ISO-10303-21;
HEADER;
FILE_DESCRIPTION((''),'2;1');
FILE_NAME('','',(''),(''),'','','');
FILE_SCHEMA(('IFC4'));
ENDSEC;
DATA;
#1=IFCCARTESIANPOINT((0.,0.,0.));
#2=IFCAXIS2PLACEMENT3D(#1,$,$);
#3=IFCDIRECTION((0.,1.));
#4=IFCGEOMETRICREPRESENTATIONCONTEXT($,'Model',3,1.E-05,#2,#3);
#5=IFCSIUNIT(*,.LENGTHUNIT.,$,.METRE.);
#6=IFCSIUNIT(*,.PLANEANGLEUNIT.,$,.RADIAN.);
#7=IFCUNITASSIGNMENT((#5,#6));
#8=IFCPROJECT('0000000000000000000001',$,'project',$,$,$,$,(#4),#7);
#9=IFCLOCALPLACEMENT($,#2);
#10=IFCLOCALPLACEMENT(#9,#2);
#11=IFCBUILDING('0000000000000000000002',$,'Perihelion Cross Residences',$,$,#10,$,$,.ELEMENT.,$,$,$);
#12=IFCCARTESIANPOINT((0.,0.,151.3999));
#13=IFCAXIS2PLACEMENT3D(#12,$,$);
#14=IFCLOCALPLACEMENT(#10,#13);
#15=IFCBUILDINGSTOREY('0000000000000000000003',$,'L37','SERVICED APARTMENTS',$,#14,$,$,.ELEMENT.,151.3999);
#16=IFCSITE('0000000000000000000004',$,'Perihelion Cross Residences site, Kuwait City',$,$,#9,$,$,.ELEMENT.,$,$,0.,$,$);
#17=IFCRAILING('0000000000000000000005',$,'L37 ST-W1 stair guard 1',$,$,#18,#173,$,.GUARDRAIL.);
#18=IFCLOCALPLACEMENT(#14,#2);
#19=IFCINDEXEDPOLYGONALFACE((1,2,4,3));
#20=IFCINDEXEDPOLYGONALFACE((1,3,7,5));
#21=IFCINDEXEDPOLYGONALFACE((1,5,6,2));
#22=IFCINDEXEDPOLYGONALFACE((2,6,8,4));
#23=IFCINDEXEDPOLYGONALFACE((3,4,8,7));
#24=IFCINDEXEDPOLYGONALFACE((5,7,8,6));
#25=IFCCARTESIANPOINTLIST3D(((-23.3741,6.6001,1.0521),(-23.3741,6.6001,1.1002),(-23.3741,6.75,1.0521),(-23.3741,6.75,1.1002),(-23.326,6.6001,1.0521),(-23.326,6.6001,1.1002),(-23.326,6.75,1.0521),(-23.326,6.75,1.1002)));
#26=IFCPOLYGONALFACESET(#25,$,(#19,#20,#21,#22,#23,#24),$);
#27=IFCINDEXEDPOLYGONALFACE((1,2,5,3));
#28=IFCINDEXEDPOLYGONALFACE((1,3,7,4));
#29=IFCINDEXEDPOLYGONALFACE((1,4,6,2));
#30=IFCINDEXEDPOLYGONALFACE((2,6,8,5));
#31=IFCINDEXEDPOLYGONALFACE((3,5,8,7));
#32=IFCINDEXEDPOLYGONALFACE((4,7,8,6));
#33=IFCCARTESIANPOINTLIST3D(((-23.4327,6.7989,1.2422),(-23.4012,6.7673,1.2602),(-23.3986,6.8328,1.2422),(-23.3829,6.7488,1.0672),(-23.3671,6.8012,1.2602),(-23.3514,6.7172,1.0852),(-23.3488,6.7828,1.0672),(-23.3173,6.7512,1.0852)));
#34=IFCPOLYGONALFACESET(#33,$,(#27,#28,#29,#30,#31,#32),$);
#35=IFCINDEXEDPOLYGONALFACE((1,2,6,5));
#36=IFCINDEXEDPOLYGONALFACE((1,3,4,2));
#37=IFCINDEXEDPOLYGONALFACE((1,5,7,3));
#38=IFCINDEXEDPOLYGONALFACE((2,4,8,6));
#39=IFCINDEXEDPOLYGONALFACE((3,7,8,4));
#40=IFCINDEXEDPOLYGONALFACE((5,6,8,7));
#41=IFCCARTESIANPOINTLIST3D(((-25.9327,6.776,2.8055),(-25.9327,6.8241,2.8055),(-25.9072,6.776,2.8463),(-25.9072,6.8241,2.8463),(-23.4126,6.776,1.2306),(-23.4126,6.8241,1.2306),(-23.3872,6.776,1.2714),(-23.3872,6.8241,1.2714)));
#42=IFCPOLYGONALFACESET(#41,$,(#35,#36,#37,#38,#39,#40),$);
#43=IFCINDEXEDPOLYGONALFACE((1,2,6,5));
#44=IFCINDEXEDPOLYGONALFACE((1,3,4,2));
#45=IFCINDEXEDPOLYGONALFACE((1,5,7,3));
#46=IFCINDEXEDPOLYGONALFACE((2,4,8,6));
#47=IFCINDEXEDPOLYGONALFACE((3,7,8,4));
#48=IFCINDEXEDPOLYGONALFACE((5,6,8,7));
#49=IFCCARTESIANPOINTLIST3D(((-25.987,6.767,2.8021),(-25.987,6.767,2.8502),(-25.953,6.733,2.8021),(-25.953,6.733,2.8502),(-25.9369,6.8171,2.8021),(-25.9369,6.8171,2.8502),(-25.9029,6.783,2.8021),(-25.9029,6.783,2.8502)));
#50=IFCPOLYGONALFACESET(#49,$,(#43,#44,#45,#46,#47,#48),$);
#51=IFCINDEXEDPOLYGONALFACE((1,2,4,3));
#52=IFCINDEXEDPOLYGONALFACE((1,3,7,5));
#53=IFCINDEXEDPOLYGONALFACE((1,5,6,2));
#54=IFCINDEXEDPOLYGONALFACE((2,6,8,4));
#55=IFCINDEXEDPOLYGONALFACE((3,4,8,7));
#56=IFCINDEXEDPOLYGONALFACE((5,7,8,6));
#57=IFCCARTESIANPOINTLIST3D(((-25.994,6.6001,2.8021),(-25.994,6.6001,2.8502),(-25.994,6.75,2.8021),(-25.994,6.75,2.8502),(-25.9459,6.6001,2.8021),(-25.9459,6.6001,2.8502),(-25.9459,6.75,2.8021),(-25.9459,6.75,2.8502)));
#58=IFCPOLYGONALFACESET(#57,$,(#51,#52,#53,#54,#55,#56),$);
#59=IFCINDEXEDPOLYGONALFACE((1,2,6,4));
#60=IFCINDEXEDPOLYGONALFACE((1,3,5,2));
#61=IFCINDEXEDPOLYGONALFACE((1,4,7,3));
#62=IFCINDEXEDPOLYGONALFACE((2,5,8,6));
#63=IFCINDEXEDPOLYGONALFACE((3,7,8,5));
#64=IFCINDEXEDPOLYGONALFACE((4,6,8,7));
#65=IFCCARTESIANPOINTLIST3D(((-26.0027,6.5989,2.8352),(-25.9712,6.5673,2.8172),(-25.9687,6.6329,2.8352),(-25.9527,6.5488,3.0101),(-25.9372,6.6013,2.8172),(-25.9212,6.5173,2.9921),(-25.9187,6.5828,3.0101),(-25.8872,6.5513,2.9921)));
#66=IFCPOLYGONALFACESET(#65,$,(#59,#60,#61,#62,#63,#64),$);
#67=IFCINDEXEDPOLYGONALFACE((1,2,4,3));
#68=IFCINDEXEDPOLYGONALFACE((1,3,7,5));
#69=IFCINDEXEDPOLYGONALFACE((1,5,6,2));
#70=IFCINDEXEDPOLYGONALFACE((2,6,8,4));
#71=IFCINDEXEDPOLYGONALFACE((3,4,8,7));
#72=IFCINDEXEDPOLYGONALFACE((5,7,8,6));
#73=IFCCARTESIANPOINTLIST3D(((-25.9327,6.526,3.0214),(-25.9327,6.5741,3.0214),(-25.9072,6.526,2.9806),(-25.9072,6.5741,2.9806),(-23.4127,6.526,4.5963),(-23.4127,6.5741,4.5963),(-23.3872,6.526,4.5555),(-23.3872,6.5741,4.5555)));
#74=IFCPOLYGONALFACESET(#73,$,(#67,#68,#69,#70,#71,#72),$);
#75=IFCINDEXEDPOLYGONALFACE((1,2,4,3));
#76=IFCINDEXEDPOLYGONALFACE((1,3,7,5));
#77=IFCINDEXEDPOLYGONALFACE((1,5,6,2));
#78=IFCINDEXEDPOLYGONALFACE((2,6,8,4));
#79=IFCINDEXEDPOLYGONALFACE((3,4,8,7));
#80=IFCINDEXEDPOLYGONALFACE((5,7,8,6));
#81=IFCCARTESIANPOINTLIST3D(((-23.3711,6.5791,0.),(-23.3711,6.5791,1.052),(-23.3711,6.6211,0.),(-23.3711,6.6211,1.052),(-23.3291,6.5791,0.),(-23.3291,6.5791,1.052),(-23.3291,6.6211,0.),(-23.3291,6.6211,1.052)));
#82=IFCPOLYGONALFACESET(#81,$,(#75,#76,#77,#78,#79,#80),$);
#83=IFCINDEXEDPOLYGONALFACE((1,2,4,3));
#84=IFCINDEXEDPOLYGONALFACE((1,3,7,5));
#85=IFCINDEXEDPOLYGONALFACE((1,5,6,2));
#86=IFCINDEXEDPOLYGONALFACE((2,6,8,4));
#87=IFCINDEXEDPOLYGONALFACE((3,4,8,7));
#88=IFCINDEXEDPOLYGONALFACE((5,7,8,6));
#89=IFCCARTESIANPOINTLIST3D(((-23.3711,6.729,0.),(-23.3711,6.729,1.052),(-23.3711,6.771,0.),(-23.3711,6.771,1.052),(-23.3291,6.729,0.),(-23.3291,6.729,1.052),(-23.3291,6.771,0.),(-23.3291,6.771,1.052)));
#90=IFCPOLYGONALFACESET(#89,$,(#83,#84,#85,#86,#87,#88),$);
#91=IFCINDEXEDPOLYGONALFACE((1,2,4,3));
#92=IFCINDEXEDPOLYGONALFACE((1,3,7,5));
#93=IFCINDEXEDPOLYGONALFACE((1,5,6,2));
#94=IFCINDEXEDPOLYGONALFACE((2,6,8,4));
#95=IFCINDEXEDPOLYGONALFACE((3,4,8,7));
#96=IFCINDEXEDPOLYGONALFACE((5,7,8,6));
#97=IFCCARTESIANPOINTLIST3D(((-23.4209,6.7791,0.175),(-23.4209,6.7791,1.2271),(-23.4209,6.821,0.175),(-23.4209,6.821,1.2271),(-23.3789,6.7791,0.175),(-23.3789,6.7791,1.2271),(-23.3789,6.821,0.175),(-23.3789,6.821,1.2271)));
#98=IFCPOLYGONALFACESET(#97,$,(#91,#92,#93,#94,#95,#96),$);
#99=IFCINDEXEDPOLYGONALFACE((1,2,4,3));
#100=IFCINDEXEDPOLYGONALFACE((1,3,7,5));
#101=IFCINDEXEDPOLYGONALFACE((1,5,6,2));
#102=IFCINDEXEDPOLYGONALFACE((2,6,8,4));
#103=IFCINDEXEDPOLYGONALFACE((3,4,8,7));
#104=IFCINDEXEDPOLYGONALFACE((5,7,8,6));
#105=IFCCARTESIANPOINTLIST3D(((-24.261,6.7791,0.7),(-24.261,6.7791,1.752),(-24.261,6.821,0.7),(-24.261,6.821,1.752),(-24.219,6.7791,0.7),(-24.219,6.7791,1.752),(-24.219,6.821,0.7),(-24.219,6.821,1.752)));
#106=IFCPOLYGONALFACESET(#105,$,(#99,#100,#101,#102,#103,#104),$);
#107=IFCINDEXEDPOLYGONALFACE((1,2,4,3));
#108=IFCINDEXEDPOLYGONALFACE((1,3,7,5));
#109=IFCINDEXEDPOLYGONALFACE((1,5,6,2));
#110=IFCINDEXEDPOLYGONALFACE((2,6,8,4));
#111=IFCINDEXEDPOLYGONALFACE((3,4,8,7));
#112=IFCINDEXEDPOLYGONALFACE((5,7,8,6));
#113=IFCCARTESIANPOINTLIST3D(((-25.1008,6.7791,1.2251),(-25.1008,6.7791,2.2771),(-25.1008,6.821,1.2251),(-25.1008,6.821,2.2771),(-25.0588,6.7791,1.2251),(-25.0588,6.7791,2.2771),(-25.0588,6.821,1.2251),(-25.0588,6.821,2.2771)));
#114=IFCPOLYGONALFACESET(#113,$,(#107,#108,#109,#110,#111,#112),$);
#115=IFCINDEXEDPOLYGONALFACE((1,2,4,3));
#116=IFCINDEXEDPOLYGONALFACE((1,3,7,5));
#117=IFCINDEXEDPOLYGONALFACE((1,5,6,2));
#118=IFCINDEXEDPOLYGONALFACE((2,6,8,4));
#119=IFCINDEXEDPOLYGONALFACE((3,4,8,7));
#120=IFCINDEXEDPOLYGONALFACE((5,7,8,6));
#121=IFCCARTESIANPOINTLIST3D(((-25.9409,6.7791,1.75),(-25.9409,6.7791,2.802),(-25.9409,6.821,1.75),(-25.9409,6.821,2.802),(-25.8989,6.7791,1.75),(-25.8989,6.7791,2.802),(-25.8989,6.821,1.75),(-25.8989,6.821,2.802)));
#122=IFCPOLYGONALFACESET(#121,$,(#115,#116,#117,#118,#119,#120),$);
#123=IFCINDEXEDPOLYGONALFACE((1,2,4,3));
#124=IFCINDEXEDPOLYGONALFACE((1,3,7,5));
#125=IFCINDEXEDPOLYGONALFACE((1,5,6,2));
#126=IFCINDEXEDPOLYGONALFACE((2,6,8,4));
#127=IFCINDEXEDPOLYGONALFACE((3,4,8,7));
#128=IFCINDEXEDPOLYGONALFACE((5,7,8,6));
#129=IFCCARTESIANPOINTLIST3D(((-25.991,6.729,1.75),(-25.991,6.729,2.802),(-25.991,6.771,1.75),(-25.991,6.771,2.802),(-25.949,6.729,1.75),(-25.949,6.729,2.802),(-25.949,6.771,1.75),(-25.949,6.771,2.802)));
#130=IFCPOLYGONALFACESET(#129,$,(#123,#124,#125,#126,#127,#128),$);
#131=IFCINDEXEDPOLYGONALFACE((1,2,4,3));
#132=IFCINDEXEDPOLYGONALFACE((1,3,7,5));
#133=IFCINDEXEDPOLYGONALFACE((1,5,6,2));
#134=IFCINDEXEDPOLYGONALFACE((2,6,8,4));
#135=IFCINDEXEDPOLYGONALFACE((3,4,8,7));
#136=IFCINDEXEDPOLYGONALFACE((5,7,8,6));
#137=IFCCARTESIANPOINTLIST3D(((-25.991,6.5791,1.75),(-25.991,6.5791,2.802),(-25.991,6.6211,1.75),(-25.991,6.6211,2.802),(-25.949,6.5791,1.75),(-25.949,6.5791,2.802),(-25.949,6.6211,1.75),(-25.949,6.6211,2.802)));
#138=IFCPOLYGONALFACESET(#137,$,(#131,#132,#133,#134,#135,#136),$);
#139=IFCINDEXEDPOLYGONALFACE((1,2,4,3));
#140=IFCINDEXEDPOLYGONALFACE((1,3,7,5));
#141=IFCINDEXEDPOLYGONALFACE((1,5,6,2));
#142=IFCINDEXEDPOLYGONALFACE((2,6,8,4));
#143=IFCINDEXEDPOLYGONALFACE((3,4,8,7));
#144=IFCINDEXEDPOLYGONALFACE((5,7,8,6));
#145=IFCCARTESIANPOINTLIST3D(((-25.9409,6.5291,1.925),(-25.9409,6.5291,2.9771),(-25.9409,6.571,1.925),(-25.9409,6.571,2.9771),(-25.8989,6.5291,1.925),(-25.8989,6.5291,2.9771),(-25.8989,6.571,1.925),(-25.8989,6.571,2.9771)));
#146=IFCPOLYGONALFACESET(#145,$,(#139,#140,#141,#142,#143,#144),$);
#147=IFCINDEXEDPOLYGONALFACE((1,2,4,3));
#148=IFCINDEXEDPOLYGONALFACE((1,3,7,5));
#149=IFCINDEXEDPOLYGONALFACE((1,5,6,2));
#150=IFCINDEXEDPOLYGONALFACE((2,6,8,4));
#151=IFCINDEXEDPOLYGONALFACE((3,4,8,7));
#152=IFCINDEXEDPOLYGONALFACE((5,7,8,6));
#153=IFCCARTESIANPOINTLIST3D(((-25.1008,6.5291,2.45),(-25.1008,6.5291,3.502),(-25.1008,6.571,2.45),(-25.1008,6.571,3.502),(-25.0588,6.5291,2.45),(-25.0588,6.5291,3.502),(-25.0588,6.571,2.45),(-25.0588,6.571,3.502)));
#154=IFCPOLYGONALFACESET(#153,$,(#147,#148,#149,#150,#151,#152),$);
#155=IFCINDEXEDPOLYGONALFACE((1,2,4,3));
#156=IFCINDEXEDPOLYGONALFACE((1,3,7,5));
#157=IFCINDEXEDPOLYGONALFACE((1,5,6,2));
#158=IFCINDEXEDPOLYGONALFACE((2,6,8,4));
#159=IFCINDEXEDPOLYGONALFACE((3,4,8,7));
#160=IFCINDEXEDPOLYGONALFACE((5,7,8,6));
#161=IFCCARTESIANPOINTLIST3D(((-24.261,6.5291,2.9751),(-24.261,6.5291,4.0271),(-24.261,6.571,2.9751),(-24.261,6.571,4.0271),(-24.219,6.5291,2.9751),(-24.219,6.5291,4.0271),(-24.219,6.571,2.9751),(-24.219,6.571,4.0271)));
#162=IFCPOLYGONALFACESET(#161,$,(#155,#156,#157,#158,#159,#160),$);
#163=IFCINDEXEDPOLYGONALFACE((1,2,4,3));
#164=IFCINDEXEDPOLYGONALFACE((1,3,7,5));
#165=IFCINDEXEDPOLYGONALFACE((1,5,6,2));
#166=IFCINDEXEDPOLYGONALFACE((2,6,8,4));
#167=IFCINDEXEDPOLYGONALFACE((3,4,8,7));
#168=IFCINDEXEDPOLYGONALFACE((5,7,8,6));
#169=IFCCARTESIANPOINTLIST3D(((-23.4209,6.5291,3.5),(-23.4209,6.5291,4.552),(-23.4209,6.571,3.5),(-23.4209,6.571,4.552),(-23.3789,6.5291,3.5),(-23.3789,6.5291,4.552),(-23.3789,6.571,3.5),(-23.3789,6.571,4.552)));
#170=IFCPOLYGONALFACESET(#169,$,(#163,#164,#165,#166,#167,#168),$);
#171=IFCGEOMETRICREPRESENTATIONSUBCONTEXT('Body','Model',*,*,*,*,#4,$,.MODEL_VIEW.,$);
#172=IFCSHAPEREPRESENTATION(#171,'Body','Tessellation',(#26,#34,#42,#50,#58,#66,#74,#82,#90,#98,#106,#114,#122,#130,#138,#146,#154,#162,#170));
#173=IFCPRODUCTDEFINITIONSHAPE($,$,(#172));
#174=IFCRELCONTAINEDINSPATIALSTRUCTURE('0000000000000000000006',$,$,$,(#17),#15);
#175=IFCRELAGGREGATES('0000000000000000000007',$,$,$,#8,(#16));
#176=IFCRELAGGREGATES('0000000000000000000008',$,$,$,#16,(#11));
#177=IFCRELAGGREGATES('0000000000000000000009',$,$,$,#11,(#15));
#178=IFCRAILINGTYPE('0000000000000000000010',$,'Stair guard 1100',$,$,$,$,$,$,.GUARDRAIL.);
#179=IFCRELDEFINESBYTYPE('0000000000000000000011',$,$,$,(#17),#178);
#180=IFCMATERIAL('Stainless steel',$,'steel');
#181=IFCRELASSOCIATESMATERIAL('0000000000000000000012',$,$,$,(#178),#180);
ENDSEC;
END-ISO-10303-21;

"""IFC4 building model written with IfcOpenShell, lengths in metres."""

from ifc_helpers import new_model, si_unit, direction, frame, origin, origin_2d, place, context, subcontext, project, spatial, rectangle, extrude, material, type_object, element, save


model = new_model("IFC4")

# Units and contexts
model_context = context("Model", 3, precision=1e-05, world=origin(), true_north=direction((0.0, 1.0)))
body_context = subcontext(model_context, "Body", "Model", "MODEL_VIEW")
ifc_project = project(units=[si_unit("LENGTHUNIT", "METRE"), si_unit("PLANEANGLEUNIT", "RADIAN")], contexts=[model_context])

# Site, building, storey
site_placement = place(None, origin())
site = spatial("IfcSite", under=ifc_project, at=site_placement, Name="Perihelion Cross Residences site, Kuwait City", CompositionType="ELEMENT", RefElevation=0.0)
building_placement = place(site_placement, origin())
building = spatial("IfcBuilding", under=site, at=building_placement, Name="Perihelion Cross Residences", CompositionType="ELEMENT")
storey_placement = place(building_placement, frame((0.0, 0.0, 151.3999)))
storey = spatial("IfcBuildingStorey", under=building, at=storey_placement, Name="L37", Description="SERVICED APARTMENTS", CompositionType="ELEMENT", Elevation=151.3999)

# Railing
ifc_material_1 = material(Name="Stainless steel", Category="steel")
railing_type_1 = type_object("IfcRailingType", Name="Stair guard 1100", PredefinedType="GUARDRAIL", material=ifc_material_1)
railing_1_placement = place(storey_placement, frame((-23.3501, 6.6001, 0.0)))
element("IfcRailing", 1, at=railing_1_placement, inside=storey, type_object=railing_type_1, Name="L37 ST-W1 stair guard 1", PredefinedType="GUARDRAIL", context=body_context, shape_type="SweptSolid", body=[
    extrude(rectangle(XDim=0.0481, YDim=0.0481, at=origin_2d()), frame((0.0, 0.0, 1.0762), z_axis=(0.0, 1.0, 0.0), x_axis=(-1.0, 0.0, 0.0)), (0.0, 0.0, 1.0), 0.1499),
    extrude(rectangle(XDim=0.0481, YDim=0.0481, at=origin_2d()), frame((0.0, 0.1499, 1.0762), z_axis=(-0.263862, 0.265156, 0.927399), x_axis=(-0.708834, -0.705376, 0.0)), (0.0, 0.0, 1.0), 0.1887),
    extrude(rectangle(XDim=0.0481, YDim=0.0481, at=origin_2d()), frame((-0.0498, 0.2, 1.251), z_axis=(-0.848008, 0.0, 0.529984), x_axis=(0.0, -1.0, 0.0)), (0.0, 0.0, 1.0), 2.9717),
    extrude(rectangle(XDim=0.0481, YDim=0.0481, at=origin_2d()), frame((-2.5698, 0.2, 2.8262), z_axis=(-0.707107, -0.707107, 0.0), x_axis=(0.707107, -0.707107, 0.0)), (0.0, 0.0, 1.0), 0.0708),
    extrude(rectangle(XDim=0.0481, YDim=0.0481, at=origin_2d()), frame((-2.6199, 0.1499, 2.8262), z_axis=(0.0, -1.0, 0.0), x_axis=(1.0, 0.0, 0.0)), (0.0, 0.0, 1.0), 0.1499),
    extrude(rectangle(XDim=0.0481, YDim=0.0481, at=origin_2d()), frame((-2.6199, 0.0, 2.8262), z_axis=(0.265065, -0.265065, 0.927082), x_axis=(0.707107, 0.707107, 0.0)), (0.0, 0.0, 1.0), 0.1887),
    extrude(rectangle(XDim=0.0481, YDim=0.0481, at=origin_2d()), frame((-2.5698, -0.05, 3.001), z_axis=(0.848008, 0.0, 0.529984), x_axis=(0.0, 1.0, 0.0)), (0.0, 0.0, 1.0), 2.9717),
    extrude(rectangle(XDim=0.042, YDim=0.042, at=origin_2d()), origin(), (0.0, 0.0, 1.0), 1.052),
    extrude(rectangle(XDim=0.042, YDim=0.042, at=origin_2d()), frame((0.0, 0.1499, 0.0)), (0.0, 0.0, 1.0), 1.052),
    extrude(rectangle(XDim=0.042, YDim=0.042, at=origin_2d()), frame((-0.0498, 0.2, 0.175)), (0.0, 0.0, 1.0), 1.052),
    extrude(rectangle(XDim=0.042, YDim=0.042, at=origin_2d()), frame((-0.8899, 0.2, 0.7)), (0.0, 0.0, 1.0), 1.052),
    extrude(rectangle(XDim=0.042, YDim=0.042, at=origin_2d()), frame((-1.7297, 0.2, 1.2251)), (0.0, 0.0, 1.0), 1.052),
    extrude(rectangle(XDim=0.042, YDim=0.042, at=origin_2d()), frame((-2.5698, 0.2, 1.75)), (0.0, 0.0, 1.0), 1.052),
    extrude(rectangle(XDim=0.042, YDim=0.042, at=origin_2d()), frame((-2.6199, 0.1499, 1.75)), (0.0, 0.0, 1.0), 1.052),
    extrude(rectangle(XDim=0.042, YDim=0.042, at=origin_2d()), frame((-2.6199, 0.0, 1.75)), (0.0, 0.0, 1.0), 1.052),
    extrude(rectangle(XDim=0.042, YDim=0.042, at=origin_2d()), frame((-2.5698, -0.05, 1.925)), (0.0, 0.0, 1.0), 1.052),
    extrude(rectangle(XDim=0.042, YDim=0.042, at=origin_2d()), frame((-1.7297, -0.05, 2.45)), (0.0, 0.0, 1.0), 1.052),
    extrude(rectangle(XDim=0.042, YDim=0.042, at=origin_2d()), frame((-0.8899, -0.05, 2.9751)), (0.0, 0.0, 1.0), 1.052),
    extrude(rectangle(XDim=0.042, YDim=0.042, at=origin_2d()), frame((-0.0498, -0.05, 3.5)), (0.0, 0.0, 1.0), 1.052),
])

save(model, "model.ifc")
